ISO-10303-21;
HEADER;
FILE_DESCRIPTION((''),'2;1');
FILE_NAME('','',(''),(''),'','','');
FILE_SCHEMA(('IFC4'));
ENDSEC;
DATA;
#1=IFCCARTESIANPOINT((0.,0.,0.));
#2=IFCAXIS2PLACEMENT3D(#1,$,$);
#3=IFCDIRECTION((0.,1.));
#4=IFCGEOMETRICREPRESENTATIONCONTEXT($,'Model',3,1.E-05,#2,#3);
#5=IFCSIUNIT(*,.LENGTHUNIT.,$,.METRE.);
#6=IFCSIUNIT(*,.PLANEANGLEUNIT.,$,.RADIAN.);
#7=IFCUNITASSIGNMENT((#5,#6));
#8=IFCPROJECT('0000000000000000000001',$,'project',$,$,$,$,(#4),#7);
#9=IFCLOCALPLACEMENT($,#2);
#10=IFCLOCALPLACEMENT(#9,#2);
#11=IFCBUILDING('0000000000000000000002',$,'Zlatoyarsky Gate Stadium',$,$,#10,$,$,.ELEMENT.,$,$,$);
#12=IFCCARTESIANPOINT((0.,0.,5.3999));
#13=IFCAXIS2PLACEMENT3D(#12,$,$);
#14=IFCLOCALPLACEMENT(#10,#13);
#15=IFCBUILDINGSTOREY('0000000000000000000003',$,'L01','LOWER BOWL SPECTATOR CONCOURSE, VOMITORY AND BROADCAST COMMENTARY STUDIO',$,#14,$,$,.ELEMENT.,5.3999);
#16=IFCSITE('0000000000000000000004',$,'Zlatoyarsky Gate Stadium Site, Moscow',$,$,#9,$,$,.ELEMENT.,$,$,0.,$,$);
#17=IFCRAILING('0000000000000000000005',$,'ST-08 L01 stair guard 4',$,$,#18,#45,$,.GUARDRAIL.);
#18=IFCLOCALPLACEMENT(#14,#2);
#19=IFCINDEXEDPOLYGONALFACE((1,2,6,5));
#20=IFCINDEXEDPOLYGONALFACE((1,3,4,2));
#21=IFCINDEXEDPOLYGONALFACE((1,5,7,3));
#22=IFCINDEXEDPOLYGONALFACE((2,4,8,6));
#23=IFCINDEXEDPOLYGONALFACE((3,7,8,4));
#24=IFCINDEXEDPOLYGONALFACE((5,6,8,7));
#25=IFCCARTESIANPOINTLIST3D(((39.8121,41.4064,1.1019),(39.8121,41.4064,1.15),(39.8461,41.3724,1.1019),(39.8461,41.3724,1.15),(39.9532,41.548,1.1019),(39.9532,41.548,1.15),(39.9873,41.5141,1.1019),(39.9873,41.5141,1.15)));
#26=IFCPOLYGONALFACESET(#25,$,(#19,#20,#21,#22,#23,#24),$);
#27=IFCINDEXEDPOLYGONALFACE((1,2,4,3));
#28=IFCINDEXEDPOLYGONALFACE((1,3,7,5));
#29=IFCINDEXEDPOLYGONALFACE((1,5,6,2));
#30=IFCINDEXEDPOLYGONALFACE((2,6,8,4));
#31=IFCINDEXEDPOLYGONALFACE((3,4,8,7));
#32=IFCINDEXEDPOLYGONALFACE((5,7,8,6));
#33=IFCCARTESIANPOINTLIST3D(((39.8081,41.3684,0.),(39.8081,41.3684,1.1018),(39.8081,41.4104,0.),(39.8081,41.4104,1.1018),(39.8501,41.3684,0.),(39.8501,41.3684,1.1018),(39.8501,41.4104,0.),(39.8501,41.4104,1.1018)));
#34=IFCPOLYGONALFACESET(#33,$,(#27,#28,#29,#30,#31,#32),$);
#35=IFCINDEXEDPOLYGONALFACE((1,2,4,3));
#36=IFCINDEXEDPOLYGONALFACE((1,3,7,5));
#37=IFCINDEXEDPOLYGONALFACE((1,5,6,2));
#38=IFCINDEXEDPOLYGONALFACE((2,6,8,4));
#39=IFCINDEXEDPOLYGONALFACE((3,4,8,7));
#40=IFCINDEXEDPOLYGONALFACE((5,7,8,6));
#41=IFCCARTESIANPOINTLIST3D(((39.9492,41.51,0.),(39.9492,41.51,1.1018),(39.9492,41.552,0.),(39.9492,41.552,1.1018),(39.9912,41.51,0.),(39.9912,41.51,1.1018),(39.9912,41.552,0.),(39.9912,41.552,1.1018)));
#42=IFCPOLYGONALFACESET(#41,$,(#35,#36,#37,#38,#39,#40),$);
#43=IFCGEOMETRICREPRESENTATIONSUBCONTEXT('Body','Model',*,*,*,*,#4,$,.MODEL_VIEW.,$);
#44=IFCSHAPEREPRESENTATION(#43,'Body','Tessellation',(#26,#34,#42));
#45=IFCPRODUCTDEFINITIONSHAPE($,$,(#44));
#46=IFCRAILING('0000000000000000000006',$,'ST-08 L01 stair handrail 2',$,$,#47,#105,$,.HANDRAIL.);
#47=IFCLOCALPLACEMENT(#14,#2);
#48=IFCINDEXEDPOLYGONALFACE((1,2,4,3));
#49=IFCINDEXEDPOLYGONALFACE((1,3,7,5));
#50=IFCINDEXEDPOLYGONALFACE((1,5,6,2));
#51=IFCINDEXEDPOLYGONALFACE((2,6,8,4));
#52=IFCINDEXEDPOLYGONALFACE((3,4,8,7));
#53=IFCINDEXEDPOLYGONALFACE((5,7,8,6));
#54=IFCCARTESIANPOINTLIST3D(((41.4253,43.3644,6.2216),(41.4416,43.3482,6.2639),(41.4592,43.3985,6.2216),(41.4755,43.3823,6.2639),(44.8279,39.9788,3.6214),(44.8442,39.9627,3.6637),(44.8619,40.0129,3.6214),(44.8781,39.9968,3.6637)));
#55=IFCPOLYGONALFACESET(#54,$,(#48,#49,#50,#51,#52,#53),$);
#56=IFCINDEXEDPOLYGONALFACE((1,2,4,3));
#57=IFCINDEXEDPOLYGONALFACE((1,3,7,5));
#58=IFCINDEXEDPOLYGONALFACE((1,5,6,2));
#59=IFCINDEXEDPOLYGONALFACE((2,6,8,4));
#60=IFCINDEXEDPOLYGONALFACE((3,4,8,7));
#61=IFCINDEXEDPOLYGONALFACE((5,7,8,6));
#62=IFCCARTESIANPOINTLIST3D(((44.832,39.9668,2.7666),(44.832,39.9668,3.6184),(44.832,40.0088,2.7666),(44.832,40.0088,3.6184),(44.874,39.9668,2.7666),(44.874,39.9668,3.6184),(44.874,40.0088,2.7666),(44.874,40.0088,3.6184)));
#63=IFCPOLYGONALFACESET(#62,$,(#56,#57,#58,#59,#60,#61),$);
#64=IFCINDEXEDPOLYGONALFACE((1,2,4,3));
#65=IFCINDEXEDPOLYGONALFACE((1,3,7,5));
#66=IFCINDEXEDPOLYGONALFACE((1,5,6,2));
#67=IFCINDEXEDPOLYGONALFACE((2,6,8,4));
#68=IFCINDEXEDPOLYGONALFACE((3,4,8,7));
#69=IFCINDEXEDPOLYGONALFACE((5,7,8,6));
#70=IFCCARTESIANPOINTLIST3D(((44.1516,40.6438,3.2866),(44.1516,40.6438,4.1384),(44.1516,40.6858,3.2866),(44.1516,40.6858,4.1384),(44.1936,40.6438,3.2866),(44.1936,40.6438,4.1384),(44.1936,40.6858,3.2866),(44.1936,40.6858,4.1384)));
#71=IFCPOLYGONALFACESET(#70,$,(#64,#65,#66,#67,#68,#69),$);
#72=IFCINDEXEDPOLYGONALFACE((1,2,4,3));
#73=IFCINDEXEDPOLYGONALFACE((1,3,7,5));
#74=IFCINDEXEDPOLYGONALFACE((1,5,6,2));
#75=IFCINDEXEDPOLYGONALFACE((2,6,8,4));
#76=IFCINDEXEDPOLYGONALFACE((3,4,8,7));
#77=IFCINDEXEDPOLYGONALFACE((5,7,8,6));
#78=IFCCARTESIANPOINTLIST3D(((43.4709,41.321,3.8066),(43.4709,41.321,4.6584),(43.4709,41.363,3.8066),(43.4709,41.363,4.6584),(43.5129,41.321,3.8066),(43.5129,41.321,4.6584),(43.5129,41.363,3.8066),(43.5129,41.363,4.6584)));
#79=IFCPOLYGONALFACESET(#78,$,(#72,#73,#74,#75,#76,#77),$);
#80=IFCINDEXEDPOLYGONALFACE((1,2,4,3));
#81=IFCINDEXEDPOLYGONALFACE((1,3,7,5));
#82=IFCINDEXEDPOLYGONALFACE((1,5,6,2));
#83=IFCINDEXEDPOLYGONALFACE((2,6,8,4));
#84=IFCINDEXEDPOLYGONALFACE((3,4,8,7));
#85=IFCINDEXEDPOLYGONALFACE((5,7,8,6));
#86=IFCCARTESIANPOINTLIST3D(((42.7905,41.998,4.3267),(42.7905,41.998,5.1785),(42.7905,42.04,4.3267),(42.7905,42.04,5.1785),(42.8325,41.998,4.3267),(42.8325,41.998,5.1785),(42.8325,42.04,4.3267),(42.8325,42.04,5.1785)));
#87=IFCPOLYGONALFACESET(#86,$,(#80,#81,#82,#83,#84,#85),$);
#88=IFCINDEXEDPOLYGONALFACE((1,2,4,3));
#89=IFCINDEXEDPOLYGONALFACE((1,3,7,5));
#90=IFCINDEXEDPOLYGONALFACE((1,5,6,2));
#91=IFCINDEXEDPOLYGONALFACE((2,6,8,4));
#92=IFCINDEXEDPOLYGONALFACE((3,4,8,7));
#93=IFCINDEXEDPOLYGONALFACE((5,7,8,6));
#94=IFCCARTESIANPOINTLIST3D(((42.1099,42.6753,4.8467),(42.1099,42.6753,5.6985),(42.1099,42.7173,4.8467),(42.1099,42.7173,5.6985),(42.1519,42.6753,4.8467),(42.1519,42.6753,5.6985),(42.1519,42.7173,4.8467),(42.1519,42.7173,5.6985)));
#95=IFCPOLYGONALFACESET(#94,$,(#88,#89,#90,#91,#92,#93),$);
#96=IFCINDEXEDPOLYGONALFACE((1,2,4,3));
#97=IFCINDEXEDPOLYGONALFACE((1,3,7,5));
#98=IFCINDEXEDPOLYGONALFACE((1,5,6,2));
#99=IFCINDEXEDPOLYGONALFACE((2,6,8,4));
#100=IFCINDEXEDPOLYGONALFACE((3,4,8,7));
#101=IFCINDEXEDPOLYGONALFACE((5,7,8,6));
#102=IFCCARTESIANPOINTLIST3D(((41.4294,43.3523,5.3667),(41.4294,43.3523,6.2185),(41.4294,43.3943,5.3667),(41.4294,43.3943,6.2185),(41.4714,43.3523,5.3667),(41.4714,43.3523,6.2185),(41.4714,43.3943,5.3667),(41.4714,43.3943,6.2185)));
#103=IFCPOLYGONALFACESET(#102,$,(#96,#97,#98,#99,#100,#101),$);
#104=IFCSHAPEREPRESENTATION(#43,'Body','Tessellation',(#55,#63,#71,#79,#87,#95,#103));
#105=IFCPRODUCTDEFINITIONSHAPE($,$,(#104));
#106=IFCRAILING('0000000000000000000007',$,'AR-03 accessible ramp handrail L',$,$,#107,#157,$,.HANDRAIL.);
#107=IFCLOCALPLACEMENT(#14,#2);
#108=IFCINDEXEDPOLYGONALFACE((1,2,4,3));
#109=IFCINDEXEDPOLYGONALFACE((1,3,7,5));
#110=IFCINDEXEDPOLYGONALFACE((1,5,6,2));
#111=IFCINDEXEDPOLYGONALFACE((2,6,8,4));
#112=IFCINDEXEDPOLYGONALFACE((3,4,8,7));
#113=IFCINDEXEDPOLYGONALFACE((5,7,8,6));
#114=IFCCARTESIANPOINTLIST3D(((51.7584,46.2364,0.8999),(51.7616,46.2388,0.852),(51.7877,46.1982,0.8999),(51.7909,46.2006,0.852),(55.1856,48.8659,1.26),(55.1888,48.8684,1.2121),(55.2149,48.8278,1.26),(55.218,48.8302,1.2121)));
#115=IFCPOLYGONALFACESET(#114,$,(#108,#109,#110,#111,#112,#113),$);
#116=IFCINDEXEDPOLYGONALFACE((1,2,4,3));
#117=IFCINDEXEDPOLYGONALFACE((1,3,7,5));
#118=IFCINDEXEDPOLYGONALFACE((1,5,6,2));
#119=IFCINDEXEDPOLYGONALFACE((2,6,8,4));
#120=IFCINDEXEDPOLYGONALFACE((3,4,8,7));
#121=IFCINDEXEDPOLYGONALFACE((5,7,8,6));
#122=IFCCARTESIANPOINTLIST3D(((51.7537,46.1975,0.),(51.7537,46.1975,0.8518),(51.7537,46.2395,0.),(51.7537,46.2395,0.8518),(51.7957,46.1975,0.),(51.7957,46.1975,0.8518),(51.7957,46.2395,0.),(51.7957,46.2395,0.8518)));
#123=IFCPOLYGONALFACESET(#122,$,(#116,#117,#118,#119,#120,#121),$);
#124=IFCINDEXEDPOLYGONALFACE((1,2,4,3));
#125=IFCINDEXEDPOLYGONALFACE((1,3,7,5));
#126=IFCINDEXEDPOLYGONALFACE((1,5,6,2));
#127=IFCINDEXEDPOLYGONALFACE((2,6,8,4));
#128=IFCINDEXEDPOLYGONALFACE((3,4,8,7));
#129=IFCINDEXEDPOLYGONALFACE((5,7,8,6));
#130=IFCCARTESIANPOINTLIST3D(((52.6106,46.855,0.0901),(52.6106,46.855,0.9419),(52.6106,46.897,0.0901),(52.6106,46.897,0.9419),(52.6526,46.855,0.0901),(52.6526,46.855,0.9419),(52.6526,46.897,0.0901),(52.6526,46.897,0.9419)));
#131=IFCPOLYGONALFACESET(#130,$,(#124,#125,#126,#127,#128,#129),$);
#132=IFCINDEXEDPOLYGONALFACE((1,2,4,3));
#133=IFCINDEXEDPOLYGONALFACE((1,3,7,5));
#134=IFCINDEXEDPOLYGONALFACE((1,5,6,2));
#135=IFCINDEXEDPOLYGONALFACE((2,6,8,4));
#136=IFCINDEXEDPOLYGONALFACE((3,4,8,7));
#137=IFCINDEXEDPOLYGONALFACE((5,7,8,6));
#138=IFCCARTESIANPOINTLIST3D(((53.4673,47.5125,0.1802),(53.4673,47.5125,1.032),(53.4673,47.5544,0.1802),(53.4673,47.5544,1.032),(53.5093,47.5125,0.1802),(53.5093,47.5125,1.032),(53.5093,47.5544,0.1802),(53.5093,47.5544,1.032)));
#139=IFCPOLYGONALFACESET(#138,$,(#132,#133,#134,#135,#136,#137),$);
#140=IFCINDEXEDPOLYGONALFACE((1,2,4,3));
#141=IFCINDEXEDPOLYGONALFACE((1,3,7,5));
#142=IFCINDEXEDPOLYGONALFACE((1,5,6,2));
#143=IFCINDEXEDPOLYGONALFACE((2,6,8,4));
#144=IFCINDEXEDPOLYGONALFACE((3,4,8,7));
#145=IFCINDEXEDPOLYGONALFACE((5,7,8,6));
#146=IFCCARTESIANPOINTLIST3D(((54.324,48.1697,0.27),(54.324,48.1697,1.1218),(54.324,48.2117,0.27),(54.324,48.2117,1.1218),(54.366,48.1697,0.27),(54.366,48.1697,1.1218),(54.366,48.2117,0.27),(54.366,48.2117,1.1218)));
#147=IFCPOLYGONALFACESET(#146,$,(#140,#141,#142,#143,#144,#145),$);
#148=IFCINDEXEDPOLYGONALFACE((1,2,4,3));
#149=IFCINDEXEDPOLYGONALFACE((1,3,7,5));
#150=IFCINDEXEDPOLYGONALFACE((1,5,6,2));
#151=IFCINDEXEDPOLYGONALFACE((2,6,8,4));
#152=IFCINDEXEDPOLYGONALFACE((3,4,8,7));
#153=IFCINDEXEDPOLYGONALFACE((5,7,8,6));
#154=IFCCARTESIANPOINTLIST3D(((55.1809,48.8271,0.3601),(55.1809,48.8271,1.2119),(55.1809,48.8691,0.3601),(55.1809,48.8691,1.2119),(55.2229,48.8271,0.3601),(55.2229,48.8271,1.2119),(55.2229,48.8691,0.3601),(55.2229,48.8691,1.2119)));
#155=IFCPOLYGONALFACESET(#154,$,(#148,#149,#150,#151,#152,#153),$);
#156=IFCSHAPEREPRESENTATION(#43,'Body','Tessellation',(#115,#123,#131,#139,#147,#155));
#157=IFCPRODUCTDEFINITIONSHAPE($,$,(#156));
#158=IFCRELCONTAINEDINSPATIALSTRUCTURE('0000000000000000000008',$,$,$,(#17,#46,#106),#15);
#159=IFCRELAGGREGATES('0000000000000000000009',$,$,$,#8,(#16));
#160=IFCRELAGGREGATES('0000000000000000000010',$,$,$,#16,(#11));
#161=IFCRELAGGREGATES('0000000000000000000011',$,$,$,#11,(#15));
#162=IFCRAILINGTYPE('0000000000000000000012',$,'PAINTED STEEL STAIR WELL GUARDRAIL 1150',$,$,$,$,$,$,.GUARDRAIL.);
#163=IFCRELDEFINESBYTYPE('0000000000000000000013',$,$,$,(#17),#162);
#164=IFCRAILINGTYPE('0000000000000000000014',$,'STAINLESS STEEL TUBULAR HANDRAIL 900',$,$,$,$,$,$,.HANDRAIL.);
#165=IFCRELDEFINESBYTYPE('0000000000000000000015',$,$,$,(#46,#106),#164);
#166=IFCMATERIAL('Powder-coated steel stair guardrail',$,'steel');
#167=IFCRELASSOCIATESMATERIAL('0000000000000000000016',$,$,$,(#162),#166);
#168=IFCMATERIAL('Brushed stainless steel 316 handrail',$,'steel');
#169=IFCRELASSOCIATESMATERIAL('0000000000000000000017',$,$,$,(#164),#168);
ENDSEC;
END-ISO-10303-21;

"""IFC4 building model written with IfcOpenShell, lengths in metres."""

from ifc_helpers import new_model, si_unit, direction, frame, origin, origin_2d, place, context, subcontext, project, spatial, rectangle, extrude, material, type_object, element, save


model = new_model("IFC4")

# Units and contexts
model_context = context("Model", 3, precision=1e-05, world=origin(), true_north=direction((0.0, 1.0)))
body_context = subcontext(model_context, "Body", "Model", "MODEL_VIEW")
ifc_project = project(units=[si_unit("LENGTHUNIT", "METRE"), si_unit("PLANEANGLEUNIT", "RADIAN")], contexts=[model_context])

# Site, building, storey
site_placement = place(None, origin())
site = spatial("IfcSite", under=ifc_project, at=site_placement, Name="Zlatoyarsky Gate Stadium Site, Moscow", CompositionType="ELEMENT", RefElevation=0.0)
building_placement = place(site_placement, origin())
building = spatial("IfcBuilding", under=site, at=building_placement, Name="Zlatoyarsky Gate Stadium", CompositionType="ELEMENT")
storey_placement = place(building_placement, frame((0.0, 0.0, 5.3999)))
storey = spatial("IfcBuildingStorey", under=building, at=storey_placement, Name="L01", Description="LOWER BOWL SPECTATOR CONCOURSE, VOMITORY AND BROADCAST COMMENTARY STUDIO", CompositionType="ELEMENT", Elevation=5.3999)

# Railings
ifc_material_1 = material(Name="Powder-coated steel stair guardrail", Category="steel")
railing_type_1 = type_object("IfcRailingType", Name="PAINTED STEEL STAIR WELL GUARDRAIL 1150", PredefinedType="GUARDRAIL", material=ifc_material_1)
railing_1_placement = place(storey_placement, frame((39.8291, 41.3894, 0.0)))
element("IfcRailing", 1, at=railing_1_placement, inside=storey, type_object=railing_type_1, Name="ST-08 L01 stair guard 4", PredefinedType="GUARDRAIL", context=body_context, shape_type="SweptSolid", body=[
    extrude(rectangle(XDim=0.0481, YDim=0.0481, at=origin_2d()), frame((0.0, 0.0, 1.126), z_axis=(0.705884, 0.708327, 0.0), x_axis=(-0.708327, 0.705884, 0.0)), (0.0, 0.0, 1.0), 0.2),
    extrude(rectangle(XDim=0.042, YDim=0.042, at=origin_2d()), origin(), (0.0, 0.0, 1.0), 1.1018),
    extrude(rectangle(XDim=0.042, YDim=0.042, at=origin_2d()), frame((0.1411, 0.1416, 0.0)), (0.0, 0.0, 1.0), 1.1018),
])
ifc_material_2 = material(Name="Brushed stainless steel 316 handrail", Category="steel")
railing_type_2 = type_object("IfcRailingType", Name="STAINLESS STEEL TUBULAR HANDRAIL 900", PredefinedType="HANDRAIL", material=ifc_material_2)
railing_2_placement = place(storey_placement, frame((44.853, 39.9878, 2.7666)))
element("IfcRailing", 2, at=railing_2_placement, inside=storey, type_object=railing_type_2, Name="ST-08 L01 stair handrail 2", PredefinedType="HANDRAIL", context=body_context, shape_type="SweptSolid", body=[
    extrude(rectangle(XDim=0.0481, YDim=0.0481, at=origin_2d()), frame((0.0, 0.0, 0.876), z_axis=(-0.623309, 0.620178, 0.476303), x_axis=(-0.705324, -0.708885, 0.0)), (0.0, 0.0, 1.0), 5.459),
    extrude(rectangle(XDim=0.042, YDim=0.042, at=origin_2d()), origin(), (0.0, 0.0, 1.0), 0.8518),
    extrude(rectangle(XDim=0.042, YDim=0.042, at=origin_2d()), frame((-0.6804, 0.677, 0.52)), (0.0, 0.0, 1.0), 0.8518),
    extrude(rectangle(XDim=0.042, YDim=0.042, at=origin_2d()), frame((-1.3611, 1.3542, 1.04)), (0.0, 0.0, 1.0), 0.8518),
    extrude(rectangle(XDim=0.042, YDim=0.042, at=origin_2d()), frame((-2.0415, 2.0312, 1.5601)), (0.0, 0.0, 1.0), 0.8518),
    extrude(rectangle(XDim=0.042, YDim=0.042, at=origin_2d()), frame((-2.7222, 2.7085, 2.0801)), (0.0, 0.0, 1.0), 0.8518),
    extrude(rectangle(XDim=0.042, YDim=0.042, at=origin_2d()), frame((-3.4026, 3.3855, 2.6001)), (0.0, 0.0, 1.0), 0.8518),
])
railing_3_placement = place(storey_placement, frame((51.7747, 46.2185, 0.0)))
element("IfcRailing", 3, at=railing_3_placement, inside=storey, type_object=railing_type_2, Name="AR-03 accessible ramp handrail L", PredefinedType="HANDRAIL", context=body_context, shape_type="SweptSolid", body=[
    extrude(rectangle(XDim=0.0481, YDim=0.0481, at=origin_2d()), frame((0.0, 0.0, 0.876), z_axis=(0.790631, 0.606631, 0.083073), x_axis=(-0.608735, 0.793373, 0.0)), (0.0, 0.0, 1.0), 4.3347),
    extrude(rectangle(XDim=0.042, YDim=0.042, at=origin_2d()), origin(), (0.0, 0.0, 1.0), 0.8518),
    extrude(rectangle(XDim=0.042, YDim=0.042, at=origin_2d()), frame((0.8569, 0.6575, 0.0901)), (0.0, 0.0, 1.0), 0.8518),
    extrude(rectangle(XDim=0.042, YDim=0.042, at=origin_2d()), frame((1.7136, 1.3149, 0.1802)), (0.0, 0.0, 1.0), 0.8518),
    extrude(rectangle(XDim=0.042, YDim=0.042, at=origin_2d()), frame((2.5703, 1.9722, 0.27)), (0.0, 0.0, 1.0), 0.8518),
    extrude(rectangle(XDim=0.042, YDim=0.042, at=origin_2d()), frame((3.4272, 2.6296, 0.3601)), (0.0, 0.0, 1.0), 0.8518),
])

save(model, "model.ifc")
